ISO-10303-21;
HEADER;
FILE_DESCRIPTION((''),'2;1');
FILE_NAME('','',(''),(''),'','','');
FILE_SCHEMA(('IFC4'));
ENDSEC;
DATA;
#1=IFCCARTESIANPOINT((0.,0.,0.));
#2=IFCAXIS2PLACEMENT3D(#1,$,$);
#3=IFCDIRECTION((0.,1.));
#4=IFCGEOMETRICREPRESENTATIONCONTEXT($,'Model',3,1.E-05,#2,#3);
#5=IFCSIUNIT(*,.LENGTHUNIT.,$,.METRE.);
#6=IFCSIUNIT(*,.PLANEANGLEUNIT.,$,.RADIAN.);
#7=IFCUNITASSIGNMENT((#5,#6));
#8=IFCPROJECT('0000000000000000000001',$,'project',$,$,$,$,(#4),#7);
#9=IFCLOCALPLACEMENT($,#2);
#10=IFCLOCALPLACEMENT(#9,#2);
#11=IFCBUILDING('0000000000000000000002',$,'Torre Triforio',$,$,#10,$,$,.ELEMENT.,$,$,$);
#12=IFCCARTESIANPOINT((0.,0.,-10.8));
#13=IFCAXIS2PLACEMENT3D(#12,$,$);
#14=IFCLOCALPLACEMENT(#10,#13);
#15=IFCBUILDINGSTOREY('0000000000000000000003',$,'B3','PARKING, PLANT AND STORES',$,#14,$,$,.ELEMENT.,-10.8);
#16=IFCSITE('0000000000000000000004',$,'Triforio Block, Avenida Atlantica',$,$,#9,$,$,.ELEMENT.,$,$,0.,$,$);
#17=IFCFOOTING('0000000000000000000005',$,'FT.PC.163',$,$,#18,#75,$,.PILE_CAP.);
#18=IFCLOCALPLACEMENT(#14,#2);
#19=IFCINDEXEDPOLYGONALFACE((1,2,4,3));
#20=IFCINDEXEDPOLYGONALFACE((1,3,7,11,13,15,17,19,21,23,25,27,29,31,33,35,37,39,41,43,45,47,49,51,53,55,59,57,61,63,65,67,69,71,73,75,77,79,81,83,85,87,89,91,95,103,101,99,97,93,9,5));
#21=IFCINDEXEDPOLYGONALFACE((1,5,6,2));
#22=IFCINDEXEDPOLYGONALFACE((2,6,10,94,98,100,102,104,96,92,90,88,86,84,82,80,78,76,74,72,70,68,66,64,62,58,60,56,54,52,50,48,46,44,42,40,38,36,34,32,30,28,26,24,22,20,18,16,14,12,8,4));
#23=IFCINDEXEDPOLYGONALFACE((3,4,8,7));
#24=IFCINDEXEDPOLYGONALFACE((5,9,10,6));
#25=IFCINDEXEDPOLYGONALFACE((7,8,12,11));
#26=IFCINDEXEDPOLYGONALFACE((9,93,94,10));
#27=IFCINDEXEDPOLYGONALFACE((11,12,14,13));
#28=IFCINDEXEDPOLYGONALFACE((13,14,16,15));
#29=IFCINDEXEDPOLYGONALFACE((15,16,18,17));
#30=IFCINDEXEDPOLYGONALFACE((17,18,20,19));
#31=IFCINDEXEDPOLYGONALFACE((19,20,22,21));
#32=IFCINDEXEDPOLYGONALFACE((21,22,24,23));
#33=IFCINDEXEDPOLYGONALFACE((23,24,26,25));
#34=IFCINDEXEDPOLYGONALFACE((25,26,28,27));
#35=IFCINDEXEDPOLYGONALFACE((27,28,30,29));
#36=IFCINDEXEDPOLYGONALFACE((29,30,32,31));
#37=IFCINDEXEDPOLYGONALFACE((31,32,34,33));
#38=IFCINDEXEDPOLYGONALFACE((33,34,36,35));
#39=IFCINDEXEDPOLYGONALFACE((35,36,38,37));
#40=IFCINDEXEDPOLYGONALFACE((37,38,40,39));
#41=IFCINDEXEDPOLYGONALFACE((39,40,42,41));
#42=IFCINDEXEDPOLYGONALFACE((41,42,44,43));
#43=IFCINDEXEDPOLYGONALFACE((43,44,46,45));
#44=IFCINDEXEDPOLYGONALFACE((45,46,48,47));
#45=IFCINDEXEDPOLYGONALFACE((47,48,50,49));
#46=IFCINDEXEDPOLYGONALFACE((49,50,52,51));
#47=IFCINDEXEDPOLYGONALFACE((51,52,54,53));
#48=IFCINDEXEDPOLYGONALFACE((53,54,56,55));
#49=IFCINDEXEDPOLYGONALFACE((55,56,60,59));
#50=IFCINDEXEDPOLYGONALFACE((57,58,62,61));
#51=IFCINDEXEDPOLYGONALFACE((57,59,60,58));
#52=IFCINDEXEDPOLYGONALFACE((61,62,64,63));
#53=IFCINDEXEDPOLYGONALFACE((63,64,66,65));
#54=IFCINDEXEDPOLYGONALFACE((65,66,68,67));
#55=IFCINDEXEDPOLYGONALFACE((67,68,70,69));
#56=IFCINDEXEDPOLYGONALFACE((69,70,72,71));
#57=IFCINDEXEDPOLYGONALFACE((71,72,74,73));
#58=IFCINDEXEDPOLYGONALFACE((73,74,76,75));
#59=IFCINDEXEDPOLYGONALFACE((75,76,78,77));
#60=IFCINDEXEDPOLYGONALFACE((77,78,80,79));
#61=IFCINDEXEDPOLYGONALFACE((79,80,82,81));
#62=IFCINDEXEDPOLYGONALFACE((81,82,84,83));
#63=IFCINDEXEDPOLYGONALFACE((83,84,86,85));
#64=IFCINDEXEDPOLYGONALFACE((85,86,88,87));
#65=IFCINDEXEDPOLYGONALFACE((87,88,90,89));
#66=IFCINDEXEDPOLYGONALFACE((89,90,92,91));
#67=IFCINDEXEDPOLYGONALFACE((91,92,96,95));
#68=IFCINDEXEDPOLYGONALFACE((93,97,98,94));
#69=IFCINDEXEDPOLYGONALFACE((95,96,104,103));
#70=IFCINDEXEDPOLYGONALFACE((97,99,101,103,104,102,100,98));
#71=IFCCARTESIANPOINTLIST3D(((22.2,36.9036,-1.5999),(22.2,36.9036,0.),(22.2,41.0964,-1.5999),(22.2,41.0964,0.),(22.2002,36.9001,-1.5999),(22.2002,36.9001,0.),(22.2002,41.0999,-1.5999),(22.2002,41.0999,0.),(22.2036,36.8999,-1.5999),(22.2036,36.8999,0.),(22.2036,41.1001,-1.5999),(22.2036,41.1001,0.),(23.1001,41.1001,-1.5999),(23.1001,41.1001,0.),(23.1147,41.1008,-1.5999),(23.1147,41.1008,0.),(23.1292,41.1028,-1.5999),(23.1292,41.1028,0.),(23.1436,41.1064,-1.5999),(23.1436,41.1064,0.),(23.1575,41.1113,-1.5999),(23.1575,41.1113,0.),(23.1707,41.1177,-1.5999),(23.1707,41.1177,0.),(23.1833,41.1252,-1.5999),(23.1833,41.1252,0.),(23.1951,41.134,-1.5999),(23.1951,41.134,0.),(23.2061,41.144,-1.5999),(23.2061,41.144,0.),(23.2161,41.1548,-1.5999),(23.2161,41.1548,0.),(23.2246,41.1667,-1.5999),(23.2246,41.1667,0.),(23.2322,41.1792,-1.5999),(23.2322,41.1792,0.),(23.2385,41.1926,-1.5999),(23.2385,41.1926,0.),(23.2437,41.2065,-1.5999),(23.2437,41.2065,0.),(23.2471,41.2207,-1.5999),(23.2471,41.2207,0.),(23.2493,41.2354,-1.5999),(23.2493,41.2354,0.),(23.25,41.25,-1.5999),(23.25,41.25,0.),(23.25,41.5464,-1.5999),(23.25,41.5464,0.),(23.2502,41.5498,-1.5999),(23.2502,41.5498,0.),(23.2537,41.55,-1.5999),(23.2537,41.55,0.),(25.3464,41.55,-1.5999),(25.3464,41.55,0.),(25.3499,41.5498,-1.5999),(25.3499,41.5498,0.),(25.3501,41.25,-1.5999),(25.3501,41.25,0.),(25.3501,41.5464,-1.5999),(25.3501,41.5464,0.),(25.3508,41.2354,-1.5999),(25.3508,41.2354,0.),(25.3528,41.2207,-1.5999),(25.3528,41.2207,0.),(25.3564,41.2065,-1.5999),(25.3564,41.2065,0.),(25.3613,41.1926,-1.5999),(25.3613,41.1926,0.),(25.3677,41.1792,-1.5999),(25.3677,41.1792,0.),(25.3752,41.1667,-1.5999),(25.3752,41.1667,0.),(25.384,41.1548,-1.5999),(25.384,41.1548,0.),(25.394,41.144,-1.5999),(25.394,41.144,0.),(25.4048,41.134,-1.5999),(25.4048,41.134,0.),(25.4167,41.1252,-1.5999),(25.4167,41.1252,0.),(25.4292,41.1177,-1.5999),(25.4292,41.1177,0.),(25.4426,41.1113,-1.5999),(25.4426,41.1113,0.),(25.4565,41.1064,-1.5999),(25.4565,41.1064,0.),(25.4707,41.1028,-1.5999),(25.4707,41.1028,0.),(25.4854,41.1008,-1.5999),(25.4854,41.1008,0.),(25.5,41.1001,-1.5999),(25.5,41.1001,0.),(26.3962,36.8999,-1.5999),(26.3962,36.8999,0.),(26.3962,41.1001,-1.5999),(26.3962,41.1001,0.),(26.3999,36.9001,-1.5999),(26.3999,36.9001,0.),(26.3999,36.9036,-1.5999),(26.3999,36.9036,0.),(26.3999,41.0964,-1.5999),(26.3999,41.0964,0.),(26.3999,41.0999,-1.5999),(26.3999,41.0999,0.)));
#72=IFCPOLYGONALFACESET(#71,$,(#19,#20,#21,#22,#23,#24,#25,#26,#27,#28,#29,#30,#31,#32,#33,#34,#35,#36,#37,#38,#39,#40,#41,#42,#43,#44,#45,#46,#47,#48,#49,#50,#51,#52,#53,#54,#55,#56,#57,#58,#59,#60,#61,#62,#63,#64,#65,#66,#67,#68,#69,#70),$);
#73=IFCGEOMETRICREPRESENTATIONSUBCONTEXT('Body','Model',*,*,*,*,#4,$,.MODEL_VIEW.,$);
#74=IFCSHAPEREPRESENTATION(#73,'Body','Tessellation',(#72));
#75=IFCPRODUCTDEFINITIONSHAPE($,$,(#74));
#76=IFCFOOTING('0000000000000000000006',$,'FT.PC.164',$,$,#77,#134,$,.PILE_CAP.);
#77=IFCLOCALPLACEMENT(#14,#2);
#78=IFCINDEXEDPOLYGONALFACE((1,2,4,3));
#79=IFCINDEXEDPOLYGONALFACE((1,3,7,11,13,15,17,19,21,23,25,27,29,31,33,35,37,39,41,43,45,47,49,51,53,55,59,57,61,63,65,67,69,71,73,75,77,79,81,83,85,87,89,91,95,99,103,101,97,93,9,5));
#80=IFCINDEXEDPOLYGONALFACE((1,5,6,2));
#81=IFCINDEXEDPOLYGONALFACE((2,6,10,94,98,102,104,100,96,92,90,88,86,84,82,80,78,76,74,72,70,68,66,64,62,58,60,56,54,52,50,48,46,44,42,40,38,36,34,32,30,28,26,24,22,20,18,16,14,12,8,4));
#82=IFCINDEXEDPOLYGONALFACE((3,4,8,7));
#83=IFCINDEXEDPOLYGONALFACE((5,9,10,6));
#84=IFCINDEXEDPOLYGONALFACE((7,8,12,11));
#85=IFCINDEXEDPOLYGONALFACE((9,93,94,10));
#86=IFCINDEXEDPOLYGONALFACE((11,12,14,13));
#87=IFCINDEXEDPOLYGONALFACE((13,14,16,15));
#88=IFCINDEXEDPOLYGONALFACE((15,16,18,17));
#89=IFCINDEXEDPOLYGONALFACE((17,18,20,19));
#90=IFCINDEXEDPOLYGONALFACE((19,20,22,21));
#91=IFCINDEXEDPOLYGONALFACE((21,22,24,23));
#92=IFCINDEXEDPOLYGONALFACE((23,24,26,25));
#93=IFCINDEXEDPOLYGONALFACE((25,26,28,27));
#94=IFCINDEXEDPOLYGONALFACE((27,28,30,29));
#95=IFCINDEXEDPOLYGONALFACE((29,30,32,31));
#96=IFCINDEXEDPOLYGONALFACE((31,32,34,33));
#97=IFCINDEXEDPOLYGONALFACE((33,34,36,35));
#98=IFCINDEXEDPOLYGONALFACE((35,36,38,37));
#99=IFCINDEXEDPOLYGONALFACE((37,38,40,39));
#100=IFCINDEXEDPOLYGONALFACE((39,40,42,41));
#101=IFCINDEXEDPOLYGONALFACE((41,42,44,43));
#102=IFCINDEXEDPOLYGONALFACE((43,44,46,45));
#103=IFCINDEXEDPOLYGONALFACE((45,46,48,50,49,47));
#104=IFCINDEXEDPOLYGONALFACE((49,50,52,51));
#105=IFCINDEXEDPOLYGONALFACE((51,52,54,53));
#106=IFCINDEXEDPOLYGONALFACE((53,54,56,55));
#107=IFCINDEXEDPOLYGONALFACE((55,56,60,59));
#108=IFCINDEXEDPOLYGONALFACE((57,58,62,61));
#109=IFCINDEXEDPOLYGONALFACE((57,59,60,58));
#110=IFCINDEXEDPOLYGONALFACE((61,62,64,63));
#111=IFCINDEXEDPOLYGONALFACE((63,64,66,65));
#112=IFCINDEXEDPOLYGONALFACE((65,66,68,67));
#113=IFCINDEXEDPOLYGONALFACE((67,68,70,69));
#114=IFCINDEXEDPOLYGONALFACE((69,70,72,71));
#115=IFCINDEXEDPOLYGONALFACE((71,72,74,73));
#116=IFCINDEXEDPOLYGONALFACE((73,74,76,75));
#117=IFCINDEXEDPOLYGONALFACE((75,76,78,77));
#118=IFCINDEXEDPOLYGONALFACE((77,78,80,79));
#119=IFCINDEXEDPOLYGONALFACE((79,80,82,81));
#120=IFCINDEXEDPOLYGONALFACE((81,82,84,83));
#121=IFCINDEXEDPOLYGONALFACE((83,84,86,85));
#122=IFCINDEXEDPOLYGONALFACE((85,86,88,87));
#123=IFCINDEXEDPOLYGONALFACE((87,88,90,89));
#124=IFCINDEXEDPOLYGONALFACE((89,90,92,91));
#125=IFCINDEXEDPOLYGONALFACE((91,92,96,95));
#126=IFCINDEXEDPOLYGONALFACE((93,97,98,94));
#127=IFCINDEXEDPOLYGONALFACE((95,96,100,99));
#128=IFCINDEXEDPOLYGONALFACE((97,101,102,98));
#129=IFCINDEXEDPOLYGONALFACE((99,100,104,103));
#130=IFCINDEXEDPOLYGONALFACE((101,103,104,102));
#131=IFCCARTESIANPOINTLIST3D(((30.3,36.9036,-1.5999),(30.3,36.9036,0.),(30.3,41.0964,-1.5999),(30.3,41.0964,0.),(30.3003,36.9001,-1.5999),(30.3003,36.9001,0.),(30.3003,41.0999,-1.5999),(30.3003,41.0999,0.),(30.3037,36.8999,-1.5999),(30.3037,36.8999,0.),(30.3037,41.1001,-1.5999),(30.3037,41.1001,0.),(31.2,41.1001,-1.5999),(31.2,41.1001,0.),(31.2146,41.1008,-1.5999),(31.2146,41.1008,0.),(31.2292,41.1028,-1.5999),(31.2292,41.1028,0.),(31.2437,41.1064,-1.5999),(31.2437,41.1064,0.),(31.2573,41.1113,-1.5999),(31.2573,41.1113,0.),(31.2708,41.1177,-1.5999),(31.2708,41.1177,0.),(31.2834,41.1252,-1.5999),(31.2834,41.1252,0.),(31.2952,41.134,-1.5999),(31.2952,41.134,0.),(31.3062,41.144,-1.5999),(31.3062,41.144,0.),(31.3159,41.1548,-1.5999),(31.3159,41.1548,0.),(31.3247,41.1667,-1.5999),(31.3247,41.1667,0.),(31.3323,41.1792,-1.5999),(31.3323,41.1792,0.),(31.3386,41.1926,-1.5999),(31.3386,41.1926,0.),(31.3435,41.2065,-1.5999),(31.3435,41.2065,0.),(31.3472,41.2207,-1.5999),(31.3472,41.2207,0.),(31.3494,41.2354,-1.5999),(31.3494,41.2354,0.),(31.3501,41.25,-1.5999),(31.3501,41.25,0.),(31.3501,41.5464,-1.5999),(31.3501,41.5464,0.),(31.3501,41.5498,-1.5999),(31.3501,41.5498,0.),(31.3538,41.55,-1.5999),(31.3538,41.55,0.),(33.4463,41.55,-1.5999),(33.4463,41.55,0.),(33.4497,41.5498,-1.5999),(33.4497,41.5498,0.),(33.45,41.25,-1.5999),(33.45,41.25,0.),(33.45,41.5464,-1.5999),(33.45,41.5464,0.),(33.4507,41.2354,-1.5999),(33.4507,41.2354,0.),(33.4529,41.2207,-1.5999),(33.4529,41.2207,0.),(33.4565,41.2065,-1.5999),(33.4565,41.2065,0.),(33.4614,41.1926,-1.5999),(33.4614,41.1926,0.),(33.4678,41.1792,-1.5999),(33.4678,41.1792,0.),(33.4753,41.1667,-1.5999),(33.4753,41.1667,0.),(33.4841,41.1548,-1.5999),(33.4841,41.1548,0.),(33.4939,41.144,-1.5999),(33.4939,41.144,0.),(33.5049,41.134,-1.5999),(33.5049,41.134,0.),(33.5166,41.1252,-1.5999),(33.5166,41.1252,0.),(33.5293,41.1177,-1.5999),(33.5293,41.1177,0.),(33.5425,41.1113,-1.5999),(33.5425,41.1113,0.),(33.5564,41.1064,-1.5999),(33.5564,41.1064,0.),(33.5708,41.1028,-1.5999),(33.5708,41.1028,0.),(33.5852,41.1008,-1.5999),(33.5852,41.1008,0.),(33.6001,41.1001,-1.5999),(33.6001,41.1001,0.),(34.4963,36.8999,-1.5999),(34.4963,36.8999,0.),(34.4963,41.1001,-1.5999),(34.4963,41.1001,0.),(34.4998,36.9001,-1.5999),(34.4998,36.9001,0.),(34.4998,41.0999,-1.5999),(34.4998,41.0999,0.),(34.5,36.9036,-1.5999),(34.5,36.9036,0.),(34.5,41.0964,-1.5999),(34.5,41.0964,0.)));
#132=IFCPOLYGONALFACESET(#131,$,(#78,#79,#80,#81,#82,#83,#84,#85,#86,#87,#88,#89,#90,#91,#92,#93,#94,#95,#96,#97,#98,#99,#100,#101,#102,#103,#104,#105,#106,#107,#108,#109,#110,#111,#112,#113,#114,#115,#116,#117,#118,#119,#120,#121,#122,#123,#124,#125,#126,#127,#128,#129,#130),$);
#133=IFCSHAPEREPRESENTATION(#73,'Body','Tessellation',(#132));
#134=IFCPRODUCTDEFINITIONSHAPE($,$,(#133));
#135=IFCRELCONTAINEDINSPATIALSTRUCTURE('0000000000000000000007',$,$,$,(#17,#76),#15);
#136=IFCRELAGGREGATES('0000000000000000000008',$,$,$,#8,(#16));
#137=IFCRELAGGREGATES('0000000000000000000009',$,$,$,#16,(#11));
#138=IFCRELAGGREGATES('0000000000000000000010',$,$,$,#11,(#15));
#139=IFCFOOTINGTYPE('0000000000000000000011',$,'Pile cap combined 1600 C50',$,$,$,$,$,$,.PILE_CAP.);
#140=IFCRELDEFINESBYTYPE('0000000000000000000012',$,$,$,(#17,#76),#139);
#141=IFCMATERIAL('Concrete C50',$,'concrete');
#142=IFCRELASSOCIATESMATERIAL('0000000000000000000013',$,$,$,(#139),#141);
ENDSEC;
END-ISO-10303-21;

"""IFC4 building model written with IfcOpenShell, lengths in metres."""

from ifc_helpers import new_model, si_unit, direction, frame, origin, place, context, subcontext, project, spatial, polyline, outline, extrude, material, type_object, element, save


model = new_model("IFC4")

# Units and contexts
model_context = context("Model", 3, precision=1e-05, world=origin(), true_north=direction((0.0, 1.0)))
body_context = subcontext(model_context, "Body", "Model", "MODEL_VIEW")
ifc_project = project(units=[si_unit("LENGTHUNIT", "METRE"), si_unit("PLANEANGLEUNIT", "RADIAN")], contexts=[model_context])

# Site, building, storey
site_placement = place(None, origin())
site = spatial("IfcSite", under=ifc_project, at=site_placement, Name="Triforio Block, Avenida Atlantica", CompositionType="ELEMENT", RefElevation=0.0)
building_placement = place(site_placement, origin())
building = spatial("IfcBuilding", under=site, at=building_placement, Name="Torre Triforio", CompositionType="ELEMENT")
storey_placement = place(building_placement, frame((0.0, 0.0, -10.8)))
storey = spatial("IfcBuildingStorey", under=building, at=storey_placement, Name="B3", Description="PARKING, PLANT AND STORES", CompositionType="ELEMENT", Elevation=-10.8)

# Footings
ifc_material_1 = material(Name="Concrete C50", Category="concrete")
footing_type_1 = type_object("IfcFootingType", Name="Pile cap combined 1600 C50", PredefinedType="PILE_CAP", material=ifc_material_1)
footing_1_placement = place(storey_placement, frame((0.0, 0.0, -1.5999)))
element("IfcFooting", 1, at=footing_1_placement, inside=storey, type_object=footing_type_1, Name="FT.PC.163", PredefinedType="PILE_CAP", context=body_context, shape_type="SweptSolid", body=[
    extrude(outline(polyline([(22.2002, 36.9001), (22.2036, 36.8999), (26.3962, 36.8999), (26.3999, 36.9001), (26.3999, 36.9036), (26.3999, 41.0964), (26.3999, 41.0999), (26.3962, 41.1001), (25.5, 41.1001), (25.4854, 41.1008), (25.4707, 41.1028), (25.4565, 41.1064), (25.4426, 41.1113), (25.4292, 41.1177), (25.4167, 41.1252), (25.4048, 41.134), (25.394, 41.144), (25.384, 41.1548), (25.3752, 41.1667), (25.3677, 41.1792), (25.3613, 41.1926), (25.3564, 41.2065), (25.3528, 41.2207), (25.3508, 41.2354), (25.3501, 41.25), (25.3501, 41.5464), (25.3499, 41.5498), (25.3464, 41.55), (23.2537, 41.55), (23.2502, 41.5498), (23.25, 41.5464), (23.25, 41.25), (23.2493, 41.2354), (23.2471, 41.2207), (23.2437, 41.2065), (23.2385, 41.1926), (23.2322, 41.1792), (23.2246, 41.1667), (23.2161, 41.1548), (23.2061, 41.144), (23.1951, 41.134), (23.1833, 41.1252), (23.1707, 41.1177), (23.1575, 41.1113), (23.1436, 41.1064), (23.1292, 41.1028), (23.1147, 41.1008), (23.1001, 41.1001), (22.2036, 41.1001), (22.2002, 41.0999), (22.2, 41.0964), (22.2, 36.9036), (22.2002, 36.9001)])), origin(), (0.0, 0.0, 1.0), 1.5999),
])
footing_2_placement = place(storey_placement, frame((0.0, 0.0, -1.5999)))
element("IfcFooting", 2, at=footing_2_placement, inside=storey, type_object=footing_type_1, Name="FT.PC.164", PredefinedType="PILE_CAP", context=body_context, shape_type="SweptSolid", body=[
    extrude(outline(polyline([(30.3003, 36.9001), (30.3037, 36.8999), (34.4963, 36.8999), (34.4998, 36.9001), (34.5, 36.9036), (34.5, 41.0964), (34.4998, 41.0999), (34.4963, 41.1001), (33.6001, 41.1001), (33.5852, 41.1008), (33.5708, 41.1028), (33.5564, 41.1064), (33.5425, 41.1113), (33.5293, 41.1177), (33.5166, 41.1252), (33.5049, 41.134), (33.4939, 41.144), (33.4841, 41.1548), (33.4753, 41.1667), (33.4678, 41.1792), (33.4614, 41.1926), (33.4565, 41.2065), (33.4529, 41.2207), (33.4507, 41.2354), (33.45, 41.25), (33.45, 41.5464), (33.4497, 41.5498), (33.4463, 41.55), (31.3538, 41.55), (31.3501, 41.5498), (31.3501, 41.5464), (31.3501, 41.25), (31.3494, 41.2354), (31.3472, 41.2207), (31.3435, 41.2065), (31.3386, 41.1926), (31.3323, 41.1792), (31.3247, 41.1667), (31.3159, 41.1548), (31.3062, 41.144), (31.2952, 41.134), (31.2834, 41.1252), (31.2708, 41.1177), (31.2573, 41.1113), (31.2437, 41.1064), (31.2292, 41.1028), (31.2146, 41.1008), (31.2, 41.1001), (30.3037, 41.1001), (30.3003, 41.0999), (30.3, 41.0964), (30.3, 36.9036), (30.3003, 36.9001)])), origin(), (0.0, 0.0, 1.0), 1.5999),
])

save(model, "model.ifc")
